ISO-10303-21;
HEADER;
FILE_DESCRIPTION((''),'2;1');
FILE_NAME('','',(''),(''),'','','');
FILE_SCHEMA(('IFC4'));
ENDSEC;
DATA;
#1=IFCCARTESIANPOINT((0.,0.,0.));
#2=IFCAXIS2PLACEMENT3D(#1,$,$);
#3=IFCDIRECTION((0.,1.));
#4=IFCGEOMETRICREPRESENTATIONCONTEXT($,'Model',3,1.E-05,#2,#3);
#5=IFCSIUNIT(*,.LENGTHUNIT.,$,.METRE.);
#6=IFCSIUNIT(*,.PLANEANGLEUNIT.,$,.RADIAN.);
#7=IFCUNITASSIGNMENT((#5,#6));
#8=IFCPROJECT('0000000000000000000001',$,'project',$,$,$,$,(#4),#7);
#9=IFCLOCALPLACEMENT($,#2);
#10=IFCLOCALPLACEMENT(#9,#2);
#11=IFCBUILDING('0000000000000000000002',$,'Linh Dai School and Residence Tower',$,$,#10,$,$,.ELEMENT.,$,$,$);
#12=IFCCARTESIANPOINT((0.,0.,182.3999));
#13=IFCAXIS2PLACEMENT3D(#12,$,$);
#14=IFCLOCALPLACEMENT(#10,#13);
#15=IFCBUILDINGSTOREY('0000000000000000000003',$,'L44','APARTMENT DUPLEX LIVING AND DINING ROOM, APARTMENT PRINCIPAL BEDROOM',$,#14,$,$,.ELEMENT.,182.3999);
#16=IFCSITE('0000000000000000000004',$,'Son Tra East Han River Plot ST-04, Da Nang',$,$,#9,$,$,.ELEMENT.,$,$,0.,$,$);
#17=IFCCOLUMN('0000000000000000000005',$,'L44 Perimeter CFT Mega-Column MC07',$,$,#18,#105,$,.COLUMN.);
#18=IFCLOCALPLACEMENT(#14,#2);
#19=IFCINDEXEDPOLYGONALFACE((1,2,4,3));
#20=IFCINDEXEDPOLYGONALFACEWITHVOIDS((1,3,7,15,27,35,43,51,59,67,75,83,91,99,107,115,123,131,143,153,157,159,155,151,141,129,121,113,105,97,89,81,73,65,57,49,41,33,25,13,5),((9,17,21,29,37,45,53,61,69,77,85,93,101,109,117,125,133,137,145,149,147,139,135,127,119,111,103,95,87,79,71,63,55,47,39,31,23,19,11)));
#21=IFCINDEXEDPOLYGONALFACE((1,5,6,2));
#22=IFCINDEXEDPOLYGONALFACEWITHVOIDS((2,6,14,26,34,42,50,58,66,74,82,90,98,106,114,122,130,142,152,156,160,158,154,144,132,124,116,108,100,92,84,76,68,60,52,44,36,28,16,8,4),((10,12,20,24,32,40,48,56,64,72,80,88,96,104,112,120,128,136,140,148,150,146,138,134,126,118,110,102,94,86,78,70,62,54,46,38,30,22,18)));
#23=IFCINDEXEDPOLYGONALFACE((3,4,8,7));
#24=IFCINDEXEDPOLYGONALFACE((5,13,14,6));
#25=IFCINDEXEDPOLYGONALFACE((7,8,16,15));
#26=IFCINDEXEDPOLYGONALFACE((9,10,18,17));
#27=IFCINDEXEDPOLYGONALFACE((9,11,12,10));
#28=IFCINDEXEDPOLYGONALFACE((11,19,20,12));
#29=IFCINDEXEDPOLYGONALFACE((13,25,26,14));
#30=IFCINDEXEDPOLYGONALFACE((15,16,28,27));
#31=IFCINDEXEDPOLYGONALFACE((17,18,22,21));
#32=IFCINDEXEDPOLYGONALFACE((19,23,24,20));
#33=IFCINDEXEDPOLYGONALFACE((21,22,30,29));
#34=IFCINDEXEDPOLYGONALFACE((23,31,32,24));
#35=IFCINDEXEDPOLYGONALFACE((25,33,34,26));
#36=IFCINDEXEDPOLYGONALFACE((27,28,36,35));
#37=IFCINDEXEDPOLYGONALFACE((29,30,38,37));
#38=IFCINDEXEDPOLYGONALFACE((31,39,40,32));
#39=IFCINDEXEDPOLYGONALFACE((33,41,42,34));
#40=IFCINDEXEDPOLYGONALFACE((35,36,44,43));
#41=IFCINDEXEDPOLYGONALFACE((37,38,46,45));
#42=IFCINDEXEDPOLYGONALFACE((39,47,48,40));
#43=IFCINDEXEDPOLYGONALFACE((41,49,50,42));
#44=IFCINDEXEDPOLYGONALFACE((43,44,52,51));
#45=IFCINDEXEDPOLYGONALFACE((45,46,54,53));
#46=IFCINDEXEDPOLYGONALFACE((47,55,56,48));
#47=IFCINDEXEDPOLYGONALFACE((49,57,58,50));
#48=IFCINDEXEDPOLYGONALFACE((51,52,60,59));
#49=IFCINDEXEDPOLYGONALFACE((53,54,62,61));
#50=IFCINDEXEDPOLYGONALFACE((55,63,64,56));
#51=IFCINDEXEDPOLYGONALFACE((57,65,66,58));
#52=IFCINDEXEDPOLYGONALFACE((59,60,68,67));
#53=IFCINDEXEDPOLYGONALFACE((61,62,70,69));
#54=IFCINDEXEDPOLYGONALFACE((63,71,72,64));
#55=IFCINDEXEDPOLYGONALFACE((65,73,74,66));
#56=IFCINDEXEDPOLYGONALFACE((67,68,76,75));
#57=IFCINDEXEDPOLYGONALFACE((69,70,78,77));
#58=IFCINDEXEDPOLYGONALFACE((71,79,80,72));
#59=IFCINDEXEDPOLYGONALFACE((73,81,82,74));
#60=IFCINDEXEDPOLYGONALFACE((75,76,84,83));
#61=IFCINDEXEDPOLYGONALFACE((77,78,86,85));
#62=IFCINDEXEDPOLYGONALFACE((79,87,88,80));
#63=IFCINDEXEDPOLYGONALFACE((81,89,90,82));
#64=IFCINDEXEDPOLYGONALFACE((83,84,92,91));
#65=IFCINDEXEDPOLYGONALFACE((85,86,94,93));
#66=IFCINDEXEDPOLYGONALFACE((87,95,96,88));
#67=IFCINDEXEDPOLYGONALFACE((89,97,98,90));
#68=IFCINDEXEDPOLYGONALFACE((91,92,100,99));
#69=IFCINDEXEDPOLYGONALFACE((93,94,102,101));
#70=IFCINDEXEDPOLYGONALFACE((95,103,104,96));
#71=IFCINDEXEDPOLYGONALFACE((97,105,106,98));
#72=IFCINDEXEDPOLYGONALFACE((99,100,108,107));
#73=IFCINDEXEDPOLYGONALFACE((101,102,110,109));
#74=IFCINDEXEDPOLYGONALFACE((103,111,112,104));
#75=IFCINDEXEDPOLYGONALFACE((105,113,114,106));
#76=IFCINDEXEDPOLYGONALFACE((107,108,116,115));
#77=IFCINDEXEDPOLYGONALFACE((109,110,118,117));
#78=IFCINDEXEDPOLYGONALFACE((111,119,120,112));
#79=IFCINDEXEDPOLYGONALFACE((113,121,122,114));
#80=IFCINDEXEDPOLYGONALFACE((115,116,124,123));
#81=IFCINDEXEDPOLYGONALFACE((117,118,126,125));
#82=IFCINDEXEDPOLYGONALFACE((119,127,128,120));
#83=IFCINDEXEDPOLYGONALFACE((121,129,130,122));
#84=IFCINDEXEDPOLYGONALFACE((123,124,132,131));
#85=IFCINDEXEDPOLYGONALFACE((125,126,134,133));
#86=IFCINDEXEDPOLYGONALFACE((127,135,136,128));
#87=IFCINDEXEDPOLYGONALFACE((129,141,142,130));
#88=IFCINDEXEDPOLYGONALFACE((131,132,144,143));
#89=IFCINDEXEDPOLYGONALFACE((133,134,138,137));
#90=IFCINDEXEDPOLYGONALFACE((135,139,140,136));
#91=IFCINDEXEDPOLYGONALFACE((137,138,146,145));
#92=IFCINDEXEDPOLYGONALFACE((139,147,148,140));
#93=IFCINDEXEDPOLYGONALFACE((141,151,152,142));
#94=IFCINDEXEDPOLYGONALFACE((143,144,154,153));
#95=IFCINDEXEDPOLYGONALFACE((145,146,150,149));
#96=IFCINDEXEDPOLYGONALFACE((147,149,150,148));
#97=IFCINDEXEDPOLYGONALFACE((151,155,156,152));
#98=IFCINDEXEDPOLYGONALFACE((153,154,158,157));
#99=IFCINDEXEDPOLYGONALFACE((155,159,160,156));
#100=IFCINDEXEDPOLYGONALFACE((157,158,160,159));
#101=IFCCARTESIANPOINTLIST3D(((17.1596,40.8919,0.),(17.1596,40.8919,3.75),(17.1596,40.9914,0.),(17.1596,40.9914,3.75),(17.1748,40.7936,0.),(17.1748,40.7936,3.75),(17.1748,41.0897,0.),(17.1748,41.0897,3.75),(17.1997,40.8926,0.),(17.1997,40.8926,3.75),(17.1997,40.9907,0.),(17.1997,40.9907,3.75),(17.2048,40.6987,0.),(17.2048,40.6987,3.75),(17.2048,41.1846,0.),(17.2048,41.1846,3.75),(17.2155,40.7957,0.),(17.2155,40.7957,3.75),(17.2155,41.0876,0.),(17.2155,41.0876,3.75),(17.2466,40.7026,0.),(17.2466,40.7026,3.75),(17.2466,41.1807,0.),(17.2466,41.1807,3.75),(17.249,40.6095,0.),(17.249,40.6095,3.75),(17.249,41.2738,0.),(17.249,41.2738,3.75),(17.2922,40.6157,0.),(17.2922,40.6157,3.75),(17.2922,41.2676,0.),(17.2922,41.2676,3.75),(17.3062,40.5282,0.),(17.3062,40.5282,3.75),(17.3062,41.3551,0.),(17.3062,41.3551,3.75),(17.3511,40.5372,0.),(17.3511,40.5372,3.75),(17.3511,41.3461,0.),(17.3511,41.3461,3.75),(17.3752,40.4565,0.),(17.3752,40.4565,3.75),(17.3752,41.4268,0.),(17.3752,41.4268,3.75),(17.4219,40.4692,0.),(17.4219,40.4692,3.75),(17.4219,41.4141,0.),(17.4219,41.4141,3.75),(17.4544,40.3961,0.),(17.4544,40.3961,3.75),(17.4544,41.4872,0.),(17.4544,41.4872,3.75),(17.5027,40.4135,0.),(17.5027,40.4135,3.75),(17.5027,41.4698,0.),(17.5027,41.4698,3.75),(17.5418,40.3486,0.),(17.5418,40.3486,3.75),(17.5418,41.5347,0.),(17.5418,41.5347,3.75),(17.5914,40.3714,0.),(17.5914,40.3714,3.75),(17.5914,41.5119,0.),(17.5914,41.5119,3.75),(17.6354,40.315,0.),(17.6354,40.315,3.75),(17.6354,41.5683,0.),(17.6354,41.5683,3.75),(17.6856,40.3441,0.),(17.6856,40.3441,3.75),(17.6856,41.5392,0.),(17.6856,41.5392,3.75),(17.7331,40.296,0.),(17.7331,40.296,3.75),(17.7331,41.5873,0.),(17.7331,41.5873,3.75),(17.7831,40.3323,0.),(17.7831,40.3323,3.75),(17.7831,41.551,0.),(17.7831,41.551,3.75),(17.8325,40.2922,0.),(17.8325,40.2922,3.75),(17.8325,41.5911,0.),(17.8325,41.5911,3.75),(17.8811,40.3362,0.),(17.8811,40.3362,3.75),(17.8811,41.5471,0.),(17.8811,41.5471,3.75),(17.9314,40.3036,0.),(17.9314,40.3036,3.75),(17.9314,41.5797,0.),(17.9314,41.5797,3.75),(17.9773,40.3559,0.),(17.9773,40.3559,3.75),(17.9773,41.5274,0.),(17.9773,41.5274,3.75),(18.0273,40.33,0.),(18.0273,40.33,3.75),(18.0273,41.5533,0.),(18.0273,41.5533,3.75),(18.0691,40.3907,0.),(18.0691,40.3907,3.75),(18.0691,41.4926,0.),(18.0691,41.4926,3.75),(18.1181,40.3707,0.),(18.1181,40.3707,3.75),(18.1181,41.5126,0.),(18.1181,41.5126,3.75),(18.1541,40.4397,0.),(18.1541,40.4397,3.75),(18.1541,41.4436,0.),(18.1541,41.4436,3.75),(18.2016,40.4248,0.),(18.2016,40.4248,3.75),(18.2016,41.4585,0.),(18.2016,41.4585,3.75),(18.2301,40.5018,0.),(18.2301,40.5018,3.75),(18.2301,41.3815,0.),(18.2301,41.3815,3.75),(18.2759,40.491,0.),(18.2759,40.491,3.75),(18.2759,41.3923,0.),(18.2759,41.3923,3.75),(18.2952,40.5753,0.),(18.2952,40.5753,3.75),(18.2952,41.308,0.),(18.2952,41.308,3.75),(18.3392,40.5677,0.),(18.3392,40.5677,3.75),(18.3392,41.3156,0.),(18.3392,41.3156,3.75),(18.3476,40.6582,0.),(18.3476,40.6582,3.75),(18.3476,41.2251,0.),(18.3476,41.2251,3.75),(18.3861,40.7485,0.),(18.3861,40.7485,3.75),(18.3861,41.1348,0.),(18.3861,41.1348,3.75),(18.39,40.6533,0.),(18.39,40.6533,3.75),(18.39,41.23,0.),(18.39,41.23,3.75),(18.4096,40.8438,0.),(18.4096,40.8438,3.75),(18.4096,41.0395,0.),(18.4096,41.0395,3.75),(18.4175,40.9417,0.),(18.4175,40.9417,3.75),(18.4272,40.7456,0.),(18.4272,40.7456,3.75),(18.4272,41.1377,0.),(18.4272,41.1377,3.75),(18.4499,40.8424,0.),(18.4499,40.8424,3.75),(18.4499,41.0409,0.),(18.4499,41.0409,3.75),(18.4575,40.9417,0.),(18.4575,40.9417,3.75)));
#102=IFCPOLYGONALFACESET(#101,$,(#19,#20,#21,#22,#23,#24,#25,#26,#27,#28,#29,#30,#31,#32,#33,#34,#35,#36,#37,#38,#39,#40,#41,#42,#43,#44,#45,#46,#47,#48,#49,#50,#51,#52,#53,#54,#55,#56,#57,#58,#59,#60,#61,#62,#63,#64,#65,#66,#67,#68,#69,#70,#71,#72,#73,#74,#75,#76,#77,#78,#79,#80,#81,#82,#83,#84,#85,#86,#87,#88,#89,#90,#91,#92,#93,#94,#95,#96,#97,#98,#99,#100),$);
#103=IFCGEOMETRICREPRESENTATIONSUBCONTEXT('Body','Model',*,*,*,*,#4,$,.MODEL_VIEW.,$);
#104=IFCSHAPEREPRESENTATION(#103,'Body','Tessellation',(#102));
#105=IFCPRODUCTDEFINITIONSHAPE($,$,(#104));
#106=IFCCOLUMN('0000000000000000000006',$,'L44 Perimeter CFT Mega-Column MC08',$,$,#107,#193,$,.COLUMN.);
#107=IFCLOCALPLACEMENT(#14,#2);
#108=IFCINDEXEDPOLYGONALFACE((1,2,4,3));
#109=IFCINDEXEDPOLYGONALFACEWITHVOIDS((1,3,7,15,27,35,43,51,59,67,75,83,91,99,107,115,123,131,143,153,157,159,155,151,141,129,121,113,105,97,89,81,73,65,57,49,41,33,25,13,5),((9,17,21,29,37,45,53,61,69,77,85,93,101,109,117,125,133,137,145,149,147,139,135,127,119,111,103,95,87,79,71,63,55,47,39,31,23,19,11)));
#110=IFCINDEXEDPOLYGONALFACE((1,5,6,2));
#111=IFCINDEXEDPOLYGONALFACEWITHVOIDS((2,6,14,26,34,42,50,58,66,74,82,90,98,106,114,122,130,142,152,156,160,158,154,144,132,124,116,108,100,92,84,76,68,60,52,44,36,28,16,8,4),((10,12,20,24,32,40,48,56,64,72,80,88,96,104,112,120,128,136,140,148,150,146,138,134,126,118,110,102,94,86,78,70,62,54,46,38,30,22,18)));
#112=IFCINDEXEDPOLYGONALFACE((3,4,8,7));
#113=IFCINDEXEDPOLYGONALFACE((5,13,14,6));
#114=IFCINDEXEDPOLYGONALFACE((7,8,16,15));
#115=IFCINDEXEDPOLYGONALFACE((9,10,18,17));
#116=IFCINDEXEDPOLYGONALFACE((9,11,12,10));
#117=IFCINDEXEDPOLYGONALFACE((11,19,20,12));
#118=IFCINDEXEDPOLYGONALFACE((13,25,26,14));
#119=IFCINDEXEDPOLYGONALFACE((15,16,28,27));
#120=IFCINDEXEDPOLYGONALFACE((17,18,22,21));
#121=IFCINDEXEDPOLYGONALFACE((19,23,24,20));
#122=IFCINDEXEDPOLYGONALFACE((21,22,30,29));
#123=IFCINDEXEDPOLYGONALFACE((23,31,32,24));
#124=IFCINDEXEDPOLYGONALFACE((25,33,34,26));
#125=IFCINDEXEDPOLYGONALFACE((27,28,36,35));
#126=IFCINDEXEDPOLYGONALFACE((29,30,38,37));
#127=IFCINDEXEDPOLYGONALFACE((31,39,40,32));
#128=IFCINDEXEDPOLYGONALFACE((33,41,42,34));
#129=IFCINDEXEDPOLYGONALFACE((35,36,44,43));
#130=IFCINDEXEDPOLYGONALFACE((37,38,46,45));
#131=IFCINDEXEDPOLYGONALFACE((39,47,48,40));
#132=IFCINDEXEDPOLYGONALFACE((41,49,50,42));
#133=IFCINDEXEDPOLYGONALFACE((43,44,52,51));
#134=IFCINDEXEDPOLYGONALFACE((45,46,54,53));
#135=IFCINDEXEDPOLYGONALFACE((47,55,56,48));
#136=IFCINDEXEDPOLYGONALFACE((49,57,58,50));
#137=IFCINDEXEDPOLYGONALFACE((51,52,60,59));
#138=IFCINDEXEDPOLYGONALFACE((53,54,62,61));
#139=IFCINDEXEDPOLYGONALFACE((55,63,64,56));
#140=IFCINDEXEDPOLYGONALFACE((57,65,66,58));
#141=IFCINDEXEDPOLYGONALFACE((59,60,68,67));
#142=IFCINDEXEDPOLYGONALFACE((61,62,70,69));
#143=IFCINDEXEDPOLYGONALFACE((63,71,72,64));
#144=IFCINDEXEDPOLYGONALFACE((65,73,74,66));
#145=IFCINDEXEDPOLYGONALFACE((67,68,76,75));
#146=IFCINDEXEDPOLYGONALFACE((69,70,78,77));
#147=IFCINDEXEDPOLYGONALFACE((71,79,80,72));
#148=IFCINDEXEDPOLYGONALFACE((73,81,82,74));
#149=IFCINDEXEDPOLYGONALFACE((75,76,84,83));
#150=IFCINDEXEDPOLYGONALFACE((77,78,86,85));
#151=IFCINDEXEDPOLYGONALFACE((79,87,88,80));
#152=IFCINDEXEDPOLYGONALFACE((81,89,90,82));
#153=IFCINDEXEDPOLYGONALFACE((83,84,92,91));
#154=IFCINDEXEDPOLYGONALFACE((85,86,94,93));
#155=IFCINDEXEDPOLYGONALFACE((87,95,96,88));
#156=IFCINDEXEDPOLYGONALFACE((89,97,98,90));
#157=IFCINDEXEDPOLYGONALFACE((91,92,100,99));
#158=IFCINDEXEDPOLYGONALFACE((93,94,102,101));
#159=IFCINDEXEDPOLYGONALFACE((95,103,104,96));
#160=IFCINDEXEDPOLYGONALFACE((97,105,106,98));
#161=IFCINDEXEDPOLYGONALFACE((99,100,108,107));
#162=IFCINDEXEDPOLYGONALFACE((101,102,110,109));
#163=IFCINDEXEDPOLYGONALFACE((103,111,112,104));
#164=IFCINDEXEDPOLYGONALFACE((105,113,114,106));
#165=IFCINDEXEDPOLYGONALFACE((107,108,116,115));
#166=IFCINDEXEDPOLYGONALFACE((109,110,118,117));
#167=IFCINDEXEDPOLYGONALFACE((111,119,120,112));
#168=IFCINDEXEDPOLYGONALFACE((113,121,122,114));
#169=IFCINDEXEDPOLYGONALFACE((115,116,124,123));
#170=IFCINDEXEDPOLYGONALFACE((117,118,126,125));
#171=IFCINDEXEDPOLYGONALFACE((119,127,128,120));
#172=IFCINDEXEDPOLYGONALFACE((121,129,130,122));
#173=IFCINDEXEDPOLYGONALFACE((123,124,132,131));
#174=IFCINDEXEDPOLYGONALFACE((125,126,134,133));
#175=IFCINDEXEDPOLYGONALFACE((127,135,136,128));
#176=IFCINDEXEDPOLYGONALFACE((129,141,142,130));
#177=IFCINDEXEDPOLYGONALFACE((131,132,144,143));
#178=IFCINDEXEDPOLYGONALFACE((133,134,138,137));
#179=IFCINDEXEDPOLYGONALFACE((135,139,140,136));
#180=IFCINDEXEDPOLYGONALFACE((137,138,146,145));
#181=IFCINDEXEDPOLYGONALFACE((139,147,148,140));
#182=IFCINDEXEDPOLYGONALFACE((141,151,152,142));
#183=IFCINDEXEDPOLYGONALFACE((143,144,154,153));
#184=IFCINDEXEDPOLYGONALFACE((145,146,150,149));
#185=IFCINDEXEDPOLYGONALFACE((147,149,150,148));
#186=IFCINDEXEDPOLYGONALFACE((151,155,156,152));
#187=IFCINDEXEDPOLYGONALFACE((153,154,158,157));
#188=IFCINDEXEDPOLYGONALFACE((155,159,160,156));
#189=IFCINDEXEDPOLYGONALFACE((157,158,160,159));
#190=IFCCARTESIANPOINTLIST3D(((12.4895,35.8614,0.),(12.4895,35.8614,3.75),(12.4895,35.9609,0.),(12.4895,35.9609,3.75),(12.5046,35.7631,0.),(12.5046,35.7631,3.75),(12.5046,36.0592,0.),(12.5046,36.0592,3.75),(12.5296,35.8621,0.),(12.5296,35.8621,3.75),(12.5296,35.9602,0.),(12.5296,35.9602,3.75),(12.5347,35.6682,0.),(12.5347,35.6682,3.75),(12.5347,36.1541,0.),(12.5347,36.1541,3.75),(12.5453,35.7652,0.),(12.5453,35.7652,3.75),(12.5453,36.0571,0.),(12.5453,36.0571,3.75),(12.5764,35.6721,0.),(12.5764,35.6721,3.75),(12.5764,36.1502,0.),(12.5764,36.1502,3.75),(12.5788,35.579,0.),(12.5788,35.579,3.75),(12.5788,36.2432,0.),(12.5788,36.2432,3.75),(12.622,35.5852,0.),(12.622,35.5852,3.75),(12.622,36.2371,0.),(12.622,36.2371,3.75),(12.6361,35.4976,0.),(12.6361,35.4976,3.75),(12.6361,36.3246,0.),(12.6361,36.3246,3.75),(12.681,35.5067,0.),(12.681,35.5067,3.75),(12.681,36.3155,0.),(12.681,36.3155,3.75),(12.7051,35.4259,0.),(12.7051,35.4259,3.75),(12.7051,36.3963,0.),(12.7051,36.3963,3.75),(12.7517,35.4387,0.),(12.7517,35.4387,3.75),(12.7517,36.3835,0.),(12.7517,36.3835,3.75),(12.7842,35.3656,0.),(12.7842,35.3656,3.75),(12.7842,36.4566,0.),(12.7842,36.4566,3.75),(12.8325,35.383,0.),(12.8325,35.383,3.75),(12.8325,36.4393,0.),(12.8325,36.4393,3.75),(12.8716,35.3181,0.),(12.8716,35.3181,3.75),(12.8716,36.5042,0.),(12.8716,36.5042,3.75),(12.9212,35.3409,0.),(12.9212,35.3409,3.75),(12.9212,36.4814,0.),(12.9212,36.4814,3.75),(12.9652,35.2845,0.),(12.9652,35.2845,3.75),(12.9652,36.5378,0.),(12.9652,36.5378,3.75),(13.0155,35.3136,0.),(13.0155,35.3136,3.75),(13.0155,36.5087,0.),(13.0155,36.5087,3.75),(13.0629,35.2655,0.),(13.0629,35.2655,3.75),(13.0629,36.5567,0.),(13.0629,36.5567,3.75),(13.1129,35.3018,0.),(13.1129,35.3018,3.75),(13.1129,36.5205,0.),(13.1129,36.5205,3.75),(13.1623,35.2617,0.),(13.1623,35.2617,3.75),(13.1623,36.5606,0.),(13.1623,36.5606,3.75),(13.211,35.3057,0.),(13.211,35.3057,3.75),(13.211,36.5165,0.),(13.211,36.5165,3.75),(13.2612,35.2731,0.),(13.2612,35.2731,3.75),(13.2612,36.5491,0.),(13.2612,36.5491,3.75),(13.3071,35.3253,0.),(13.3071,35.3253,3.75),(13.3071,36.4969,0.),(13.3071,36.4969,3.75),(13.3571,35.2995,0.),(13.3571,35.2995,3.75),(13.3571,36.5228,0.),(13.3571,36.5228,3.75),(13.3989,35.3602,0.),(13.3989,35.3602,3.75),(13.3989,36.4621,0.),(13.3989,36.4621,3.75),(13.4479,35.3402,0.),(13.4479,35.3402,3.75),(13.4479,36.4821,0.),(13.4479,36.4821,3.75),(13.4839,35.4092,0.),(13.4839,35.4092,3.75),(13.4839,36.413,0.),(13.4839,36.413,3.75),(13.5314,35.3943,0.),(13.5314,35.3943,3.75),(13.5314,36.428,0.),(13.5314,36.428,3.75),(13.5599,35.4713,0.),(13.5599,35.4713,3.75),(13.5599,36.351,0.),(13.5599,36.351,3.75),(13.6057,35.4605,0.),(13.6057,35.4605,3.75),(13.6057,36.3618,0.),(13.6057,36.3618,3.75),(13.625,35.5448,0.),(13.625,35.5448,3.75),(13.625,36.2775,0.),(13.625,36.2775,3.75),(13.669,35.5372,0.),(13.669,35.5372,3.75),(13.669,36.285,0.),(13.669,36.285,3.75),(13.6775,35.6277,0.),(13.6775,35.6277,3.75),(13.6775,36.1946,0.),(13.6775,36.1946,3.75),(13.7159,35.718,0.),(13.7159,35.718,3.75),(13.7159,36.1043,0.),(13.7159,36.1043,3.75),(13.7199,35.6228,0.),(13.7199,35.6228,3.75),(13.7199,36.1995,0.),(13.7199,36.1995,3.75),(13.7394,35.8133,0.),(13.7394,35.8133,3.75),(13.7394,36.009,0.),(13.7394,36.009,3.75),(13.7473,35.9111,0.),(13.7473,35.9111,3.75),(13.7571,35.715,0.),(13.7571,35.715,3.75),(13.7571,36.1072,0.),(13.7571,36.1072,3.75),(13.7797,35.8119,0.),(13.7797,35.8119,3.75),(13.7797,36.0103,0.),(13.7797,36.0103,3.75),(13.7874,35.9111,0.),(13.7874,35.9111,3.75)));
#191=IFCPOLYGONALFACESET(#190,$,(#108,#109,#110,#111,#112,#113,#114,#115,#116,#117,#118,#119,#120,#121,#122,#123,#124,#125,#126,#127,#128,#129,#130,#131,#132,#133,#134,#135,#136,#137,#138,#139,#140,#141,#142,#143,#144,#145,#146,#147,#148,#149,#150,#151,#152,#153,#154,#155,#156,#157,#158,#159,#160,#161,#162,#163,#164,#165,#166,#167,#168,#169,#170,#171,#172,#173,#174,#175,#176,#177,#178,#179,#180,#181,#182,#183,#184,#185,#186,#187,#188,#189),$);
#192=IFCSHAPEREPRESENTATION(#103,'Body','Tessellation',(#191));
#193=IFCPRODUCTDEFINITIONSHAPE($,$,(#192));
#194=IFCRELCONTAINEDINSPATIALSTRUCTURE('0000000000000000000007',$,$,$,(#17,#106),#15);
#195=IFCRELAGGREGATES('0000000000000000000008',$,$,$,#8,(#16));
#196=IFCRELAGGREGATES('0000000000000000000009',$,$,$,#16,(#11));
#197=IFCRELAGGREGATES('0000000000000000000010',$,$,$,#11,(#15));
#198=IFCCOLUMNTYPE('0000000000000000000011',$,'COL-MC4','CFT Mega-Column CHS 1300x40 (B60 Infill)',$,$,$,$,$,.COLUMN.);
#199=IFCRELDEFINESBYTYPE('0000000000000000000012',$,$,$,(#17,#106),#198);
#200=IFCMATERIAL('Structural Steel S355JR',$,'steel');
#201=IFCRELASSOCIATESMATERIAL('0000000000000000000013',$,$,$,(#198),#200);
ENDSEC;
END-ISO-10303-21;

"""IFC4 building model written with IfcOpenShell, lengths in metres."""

from ifc_helpers import new_model, si_unit, direction, frame, origin, origin_2d, place, context, subcontext, project, spatial, hollow_circle, extrude, material, material_profile, profile_set, type_object, element, save


model = new_model("IFC4")

# Units and contexts
model_context = context("Model", 3, precision=1e-05, world=origin(), true_north=direction((0.0, 1.0)))
body_context = subcontext(model_context, "Body", "Model", "MODEL_VIEW")
ifc_project = project(units=[si_unit("LENGTHUNIT", "METRE"), si_unit("PLANEANGLEUNIT", "RADIAN")], contexts=[model_context])

# Site, building, storey
site_placement = place(None, origin())
site = spatial("IfcSite", under=ifc_project, at=site_placement, Name="Son Tra East Han River Plot ST-04, Da Nang", CompositionType="ELEMENT", RefElevation=0.0)
building_placement = place(site_placement, origin())
building = spatial("IfcBuilding", under=site, at=building_placement, Name="Linh Dai School and Residence Tower", CompositionType="ELEMENT")
storey_placement = place(building_placement, frame((0.0, 0.0, 182.3999)))
storey = spatial("IfcBuildingStorey", under=building, at=storey_placement, Name="L44", Description="APARTMENT DUPLEX LIVING AND DINING ROOM, APARTMENT PRINCIPAL BEDROOM", CompositionType="ELEMENT", Elevation=182.3999)

# Columns
ifc_material_1 = material(Name="Structural Steel S355JR", Category="steel")
ifc_material_profile_1 = material_profile(ifc_material_1, hollow_circle(Radius=0.6499, WallThickness=0.04, at=origin_2d()), Name="CHS 1300x40")
ifc_profile_set_1 = profile_set([ifc_material_profile_1], Name="Structural Steel S355JR")
column_type = type_object("IfcColumnType", Name="COL-MC4", Description="CFT Mega-Column CHS 1300x40 (B60 Infill)", PredefinedType="COLUMN", material=ifc_profile_set_1)
for number, where, z_axis, x_axis, name in (
    (1, (17.8076, 40.9417, 0.0), (0.0, 0.0, 1.0), (1.0, 0.0, 0.0), "L44 Perimeter CFT Mega-Column MC07"),
    (2, (13.1375, 35.9111, 0.0), (0.0, 0.0, 1.0), (1.0, 0.0, 0.0), "L44 Perimeter CFT Mega-Column MC08"),
):
    element("IfcColumn", number, at=place(storey_placement, frame(where, z_axis=z_axis, x_axis=x_axis)), inside=storey, type_object=column_type, Name=name, PredefinedType="COLUMN", context=body_context, shape_type="SweptSolid", body=[
        extrude(hollow_circle(Radius=0.6499, WallThickness=0.04, at=origin_2d()), origin(), (0.0, 0.0, 1.0), 3.75),
    ])

save(model, "model.ifc")
